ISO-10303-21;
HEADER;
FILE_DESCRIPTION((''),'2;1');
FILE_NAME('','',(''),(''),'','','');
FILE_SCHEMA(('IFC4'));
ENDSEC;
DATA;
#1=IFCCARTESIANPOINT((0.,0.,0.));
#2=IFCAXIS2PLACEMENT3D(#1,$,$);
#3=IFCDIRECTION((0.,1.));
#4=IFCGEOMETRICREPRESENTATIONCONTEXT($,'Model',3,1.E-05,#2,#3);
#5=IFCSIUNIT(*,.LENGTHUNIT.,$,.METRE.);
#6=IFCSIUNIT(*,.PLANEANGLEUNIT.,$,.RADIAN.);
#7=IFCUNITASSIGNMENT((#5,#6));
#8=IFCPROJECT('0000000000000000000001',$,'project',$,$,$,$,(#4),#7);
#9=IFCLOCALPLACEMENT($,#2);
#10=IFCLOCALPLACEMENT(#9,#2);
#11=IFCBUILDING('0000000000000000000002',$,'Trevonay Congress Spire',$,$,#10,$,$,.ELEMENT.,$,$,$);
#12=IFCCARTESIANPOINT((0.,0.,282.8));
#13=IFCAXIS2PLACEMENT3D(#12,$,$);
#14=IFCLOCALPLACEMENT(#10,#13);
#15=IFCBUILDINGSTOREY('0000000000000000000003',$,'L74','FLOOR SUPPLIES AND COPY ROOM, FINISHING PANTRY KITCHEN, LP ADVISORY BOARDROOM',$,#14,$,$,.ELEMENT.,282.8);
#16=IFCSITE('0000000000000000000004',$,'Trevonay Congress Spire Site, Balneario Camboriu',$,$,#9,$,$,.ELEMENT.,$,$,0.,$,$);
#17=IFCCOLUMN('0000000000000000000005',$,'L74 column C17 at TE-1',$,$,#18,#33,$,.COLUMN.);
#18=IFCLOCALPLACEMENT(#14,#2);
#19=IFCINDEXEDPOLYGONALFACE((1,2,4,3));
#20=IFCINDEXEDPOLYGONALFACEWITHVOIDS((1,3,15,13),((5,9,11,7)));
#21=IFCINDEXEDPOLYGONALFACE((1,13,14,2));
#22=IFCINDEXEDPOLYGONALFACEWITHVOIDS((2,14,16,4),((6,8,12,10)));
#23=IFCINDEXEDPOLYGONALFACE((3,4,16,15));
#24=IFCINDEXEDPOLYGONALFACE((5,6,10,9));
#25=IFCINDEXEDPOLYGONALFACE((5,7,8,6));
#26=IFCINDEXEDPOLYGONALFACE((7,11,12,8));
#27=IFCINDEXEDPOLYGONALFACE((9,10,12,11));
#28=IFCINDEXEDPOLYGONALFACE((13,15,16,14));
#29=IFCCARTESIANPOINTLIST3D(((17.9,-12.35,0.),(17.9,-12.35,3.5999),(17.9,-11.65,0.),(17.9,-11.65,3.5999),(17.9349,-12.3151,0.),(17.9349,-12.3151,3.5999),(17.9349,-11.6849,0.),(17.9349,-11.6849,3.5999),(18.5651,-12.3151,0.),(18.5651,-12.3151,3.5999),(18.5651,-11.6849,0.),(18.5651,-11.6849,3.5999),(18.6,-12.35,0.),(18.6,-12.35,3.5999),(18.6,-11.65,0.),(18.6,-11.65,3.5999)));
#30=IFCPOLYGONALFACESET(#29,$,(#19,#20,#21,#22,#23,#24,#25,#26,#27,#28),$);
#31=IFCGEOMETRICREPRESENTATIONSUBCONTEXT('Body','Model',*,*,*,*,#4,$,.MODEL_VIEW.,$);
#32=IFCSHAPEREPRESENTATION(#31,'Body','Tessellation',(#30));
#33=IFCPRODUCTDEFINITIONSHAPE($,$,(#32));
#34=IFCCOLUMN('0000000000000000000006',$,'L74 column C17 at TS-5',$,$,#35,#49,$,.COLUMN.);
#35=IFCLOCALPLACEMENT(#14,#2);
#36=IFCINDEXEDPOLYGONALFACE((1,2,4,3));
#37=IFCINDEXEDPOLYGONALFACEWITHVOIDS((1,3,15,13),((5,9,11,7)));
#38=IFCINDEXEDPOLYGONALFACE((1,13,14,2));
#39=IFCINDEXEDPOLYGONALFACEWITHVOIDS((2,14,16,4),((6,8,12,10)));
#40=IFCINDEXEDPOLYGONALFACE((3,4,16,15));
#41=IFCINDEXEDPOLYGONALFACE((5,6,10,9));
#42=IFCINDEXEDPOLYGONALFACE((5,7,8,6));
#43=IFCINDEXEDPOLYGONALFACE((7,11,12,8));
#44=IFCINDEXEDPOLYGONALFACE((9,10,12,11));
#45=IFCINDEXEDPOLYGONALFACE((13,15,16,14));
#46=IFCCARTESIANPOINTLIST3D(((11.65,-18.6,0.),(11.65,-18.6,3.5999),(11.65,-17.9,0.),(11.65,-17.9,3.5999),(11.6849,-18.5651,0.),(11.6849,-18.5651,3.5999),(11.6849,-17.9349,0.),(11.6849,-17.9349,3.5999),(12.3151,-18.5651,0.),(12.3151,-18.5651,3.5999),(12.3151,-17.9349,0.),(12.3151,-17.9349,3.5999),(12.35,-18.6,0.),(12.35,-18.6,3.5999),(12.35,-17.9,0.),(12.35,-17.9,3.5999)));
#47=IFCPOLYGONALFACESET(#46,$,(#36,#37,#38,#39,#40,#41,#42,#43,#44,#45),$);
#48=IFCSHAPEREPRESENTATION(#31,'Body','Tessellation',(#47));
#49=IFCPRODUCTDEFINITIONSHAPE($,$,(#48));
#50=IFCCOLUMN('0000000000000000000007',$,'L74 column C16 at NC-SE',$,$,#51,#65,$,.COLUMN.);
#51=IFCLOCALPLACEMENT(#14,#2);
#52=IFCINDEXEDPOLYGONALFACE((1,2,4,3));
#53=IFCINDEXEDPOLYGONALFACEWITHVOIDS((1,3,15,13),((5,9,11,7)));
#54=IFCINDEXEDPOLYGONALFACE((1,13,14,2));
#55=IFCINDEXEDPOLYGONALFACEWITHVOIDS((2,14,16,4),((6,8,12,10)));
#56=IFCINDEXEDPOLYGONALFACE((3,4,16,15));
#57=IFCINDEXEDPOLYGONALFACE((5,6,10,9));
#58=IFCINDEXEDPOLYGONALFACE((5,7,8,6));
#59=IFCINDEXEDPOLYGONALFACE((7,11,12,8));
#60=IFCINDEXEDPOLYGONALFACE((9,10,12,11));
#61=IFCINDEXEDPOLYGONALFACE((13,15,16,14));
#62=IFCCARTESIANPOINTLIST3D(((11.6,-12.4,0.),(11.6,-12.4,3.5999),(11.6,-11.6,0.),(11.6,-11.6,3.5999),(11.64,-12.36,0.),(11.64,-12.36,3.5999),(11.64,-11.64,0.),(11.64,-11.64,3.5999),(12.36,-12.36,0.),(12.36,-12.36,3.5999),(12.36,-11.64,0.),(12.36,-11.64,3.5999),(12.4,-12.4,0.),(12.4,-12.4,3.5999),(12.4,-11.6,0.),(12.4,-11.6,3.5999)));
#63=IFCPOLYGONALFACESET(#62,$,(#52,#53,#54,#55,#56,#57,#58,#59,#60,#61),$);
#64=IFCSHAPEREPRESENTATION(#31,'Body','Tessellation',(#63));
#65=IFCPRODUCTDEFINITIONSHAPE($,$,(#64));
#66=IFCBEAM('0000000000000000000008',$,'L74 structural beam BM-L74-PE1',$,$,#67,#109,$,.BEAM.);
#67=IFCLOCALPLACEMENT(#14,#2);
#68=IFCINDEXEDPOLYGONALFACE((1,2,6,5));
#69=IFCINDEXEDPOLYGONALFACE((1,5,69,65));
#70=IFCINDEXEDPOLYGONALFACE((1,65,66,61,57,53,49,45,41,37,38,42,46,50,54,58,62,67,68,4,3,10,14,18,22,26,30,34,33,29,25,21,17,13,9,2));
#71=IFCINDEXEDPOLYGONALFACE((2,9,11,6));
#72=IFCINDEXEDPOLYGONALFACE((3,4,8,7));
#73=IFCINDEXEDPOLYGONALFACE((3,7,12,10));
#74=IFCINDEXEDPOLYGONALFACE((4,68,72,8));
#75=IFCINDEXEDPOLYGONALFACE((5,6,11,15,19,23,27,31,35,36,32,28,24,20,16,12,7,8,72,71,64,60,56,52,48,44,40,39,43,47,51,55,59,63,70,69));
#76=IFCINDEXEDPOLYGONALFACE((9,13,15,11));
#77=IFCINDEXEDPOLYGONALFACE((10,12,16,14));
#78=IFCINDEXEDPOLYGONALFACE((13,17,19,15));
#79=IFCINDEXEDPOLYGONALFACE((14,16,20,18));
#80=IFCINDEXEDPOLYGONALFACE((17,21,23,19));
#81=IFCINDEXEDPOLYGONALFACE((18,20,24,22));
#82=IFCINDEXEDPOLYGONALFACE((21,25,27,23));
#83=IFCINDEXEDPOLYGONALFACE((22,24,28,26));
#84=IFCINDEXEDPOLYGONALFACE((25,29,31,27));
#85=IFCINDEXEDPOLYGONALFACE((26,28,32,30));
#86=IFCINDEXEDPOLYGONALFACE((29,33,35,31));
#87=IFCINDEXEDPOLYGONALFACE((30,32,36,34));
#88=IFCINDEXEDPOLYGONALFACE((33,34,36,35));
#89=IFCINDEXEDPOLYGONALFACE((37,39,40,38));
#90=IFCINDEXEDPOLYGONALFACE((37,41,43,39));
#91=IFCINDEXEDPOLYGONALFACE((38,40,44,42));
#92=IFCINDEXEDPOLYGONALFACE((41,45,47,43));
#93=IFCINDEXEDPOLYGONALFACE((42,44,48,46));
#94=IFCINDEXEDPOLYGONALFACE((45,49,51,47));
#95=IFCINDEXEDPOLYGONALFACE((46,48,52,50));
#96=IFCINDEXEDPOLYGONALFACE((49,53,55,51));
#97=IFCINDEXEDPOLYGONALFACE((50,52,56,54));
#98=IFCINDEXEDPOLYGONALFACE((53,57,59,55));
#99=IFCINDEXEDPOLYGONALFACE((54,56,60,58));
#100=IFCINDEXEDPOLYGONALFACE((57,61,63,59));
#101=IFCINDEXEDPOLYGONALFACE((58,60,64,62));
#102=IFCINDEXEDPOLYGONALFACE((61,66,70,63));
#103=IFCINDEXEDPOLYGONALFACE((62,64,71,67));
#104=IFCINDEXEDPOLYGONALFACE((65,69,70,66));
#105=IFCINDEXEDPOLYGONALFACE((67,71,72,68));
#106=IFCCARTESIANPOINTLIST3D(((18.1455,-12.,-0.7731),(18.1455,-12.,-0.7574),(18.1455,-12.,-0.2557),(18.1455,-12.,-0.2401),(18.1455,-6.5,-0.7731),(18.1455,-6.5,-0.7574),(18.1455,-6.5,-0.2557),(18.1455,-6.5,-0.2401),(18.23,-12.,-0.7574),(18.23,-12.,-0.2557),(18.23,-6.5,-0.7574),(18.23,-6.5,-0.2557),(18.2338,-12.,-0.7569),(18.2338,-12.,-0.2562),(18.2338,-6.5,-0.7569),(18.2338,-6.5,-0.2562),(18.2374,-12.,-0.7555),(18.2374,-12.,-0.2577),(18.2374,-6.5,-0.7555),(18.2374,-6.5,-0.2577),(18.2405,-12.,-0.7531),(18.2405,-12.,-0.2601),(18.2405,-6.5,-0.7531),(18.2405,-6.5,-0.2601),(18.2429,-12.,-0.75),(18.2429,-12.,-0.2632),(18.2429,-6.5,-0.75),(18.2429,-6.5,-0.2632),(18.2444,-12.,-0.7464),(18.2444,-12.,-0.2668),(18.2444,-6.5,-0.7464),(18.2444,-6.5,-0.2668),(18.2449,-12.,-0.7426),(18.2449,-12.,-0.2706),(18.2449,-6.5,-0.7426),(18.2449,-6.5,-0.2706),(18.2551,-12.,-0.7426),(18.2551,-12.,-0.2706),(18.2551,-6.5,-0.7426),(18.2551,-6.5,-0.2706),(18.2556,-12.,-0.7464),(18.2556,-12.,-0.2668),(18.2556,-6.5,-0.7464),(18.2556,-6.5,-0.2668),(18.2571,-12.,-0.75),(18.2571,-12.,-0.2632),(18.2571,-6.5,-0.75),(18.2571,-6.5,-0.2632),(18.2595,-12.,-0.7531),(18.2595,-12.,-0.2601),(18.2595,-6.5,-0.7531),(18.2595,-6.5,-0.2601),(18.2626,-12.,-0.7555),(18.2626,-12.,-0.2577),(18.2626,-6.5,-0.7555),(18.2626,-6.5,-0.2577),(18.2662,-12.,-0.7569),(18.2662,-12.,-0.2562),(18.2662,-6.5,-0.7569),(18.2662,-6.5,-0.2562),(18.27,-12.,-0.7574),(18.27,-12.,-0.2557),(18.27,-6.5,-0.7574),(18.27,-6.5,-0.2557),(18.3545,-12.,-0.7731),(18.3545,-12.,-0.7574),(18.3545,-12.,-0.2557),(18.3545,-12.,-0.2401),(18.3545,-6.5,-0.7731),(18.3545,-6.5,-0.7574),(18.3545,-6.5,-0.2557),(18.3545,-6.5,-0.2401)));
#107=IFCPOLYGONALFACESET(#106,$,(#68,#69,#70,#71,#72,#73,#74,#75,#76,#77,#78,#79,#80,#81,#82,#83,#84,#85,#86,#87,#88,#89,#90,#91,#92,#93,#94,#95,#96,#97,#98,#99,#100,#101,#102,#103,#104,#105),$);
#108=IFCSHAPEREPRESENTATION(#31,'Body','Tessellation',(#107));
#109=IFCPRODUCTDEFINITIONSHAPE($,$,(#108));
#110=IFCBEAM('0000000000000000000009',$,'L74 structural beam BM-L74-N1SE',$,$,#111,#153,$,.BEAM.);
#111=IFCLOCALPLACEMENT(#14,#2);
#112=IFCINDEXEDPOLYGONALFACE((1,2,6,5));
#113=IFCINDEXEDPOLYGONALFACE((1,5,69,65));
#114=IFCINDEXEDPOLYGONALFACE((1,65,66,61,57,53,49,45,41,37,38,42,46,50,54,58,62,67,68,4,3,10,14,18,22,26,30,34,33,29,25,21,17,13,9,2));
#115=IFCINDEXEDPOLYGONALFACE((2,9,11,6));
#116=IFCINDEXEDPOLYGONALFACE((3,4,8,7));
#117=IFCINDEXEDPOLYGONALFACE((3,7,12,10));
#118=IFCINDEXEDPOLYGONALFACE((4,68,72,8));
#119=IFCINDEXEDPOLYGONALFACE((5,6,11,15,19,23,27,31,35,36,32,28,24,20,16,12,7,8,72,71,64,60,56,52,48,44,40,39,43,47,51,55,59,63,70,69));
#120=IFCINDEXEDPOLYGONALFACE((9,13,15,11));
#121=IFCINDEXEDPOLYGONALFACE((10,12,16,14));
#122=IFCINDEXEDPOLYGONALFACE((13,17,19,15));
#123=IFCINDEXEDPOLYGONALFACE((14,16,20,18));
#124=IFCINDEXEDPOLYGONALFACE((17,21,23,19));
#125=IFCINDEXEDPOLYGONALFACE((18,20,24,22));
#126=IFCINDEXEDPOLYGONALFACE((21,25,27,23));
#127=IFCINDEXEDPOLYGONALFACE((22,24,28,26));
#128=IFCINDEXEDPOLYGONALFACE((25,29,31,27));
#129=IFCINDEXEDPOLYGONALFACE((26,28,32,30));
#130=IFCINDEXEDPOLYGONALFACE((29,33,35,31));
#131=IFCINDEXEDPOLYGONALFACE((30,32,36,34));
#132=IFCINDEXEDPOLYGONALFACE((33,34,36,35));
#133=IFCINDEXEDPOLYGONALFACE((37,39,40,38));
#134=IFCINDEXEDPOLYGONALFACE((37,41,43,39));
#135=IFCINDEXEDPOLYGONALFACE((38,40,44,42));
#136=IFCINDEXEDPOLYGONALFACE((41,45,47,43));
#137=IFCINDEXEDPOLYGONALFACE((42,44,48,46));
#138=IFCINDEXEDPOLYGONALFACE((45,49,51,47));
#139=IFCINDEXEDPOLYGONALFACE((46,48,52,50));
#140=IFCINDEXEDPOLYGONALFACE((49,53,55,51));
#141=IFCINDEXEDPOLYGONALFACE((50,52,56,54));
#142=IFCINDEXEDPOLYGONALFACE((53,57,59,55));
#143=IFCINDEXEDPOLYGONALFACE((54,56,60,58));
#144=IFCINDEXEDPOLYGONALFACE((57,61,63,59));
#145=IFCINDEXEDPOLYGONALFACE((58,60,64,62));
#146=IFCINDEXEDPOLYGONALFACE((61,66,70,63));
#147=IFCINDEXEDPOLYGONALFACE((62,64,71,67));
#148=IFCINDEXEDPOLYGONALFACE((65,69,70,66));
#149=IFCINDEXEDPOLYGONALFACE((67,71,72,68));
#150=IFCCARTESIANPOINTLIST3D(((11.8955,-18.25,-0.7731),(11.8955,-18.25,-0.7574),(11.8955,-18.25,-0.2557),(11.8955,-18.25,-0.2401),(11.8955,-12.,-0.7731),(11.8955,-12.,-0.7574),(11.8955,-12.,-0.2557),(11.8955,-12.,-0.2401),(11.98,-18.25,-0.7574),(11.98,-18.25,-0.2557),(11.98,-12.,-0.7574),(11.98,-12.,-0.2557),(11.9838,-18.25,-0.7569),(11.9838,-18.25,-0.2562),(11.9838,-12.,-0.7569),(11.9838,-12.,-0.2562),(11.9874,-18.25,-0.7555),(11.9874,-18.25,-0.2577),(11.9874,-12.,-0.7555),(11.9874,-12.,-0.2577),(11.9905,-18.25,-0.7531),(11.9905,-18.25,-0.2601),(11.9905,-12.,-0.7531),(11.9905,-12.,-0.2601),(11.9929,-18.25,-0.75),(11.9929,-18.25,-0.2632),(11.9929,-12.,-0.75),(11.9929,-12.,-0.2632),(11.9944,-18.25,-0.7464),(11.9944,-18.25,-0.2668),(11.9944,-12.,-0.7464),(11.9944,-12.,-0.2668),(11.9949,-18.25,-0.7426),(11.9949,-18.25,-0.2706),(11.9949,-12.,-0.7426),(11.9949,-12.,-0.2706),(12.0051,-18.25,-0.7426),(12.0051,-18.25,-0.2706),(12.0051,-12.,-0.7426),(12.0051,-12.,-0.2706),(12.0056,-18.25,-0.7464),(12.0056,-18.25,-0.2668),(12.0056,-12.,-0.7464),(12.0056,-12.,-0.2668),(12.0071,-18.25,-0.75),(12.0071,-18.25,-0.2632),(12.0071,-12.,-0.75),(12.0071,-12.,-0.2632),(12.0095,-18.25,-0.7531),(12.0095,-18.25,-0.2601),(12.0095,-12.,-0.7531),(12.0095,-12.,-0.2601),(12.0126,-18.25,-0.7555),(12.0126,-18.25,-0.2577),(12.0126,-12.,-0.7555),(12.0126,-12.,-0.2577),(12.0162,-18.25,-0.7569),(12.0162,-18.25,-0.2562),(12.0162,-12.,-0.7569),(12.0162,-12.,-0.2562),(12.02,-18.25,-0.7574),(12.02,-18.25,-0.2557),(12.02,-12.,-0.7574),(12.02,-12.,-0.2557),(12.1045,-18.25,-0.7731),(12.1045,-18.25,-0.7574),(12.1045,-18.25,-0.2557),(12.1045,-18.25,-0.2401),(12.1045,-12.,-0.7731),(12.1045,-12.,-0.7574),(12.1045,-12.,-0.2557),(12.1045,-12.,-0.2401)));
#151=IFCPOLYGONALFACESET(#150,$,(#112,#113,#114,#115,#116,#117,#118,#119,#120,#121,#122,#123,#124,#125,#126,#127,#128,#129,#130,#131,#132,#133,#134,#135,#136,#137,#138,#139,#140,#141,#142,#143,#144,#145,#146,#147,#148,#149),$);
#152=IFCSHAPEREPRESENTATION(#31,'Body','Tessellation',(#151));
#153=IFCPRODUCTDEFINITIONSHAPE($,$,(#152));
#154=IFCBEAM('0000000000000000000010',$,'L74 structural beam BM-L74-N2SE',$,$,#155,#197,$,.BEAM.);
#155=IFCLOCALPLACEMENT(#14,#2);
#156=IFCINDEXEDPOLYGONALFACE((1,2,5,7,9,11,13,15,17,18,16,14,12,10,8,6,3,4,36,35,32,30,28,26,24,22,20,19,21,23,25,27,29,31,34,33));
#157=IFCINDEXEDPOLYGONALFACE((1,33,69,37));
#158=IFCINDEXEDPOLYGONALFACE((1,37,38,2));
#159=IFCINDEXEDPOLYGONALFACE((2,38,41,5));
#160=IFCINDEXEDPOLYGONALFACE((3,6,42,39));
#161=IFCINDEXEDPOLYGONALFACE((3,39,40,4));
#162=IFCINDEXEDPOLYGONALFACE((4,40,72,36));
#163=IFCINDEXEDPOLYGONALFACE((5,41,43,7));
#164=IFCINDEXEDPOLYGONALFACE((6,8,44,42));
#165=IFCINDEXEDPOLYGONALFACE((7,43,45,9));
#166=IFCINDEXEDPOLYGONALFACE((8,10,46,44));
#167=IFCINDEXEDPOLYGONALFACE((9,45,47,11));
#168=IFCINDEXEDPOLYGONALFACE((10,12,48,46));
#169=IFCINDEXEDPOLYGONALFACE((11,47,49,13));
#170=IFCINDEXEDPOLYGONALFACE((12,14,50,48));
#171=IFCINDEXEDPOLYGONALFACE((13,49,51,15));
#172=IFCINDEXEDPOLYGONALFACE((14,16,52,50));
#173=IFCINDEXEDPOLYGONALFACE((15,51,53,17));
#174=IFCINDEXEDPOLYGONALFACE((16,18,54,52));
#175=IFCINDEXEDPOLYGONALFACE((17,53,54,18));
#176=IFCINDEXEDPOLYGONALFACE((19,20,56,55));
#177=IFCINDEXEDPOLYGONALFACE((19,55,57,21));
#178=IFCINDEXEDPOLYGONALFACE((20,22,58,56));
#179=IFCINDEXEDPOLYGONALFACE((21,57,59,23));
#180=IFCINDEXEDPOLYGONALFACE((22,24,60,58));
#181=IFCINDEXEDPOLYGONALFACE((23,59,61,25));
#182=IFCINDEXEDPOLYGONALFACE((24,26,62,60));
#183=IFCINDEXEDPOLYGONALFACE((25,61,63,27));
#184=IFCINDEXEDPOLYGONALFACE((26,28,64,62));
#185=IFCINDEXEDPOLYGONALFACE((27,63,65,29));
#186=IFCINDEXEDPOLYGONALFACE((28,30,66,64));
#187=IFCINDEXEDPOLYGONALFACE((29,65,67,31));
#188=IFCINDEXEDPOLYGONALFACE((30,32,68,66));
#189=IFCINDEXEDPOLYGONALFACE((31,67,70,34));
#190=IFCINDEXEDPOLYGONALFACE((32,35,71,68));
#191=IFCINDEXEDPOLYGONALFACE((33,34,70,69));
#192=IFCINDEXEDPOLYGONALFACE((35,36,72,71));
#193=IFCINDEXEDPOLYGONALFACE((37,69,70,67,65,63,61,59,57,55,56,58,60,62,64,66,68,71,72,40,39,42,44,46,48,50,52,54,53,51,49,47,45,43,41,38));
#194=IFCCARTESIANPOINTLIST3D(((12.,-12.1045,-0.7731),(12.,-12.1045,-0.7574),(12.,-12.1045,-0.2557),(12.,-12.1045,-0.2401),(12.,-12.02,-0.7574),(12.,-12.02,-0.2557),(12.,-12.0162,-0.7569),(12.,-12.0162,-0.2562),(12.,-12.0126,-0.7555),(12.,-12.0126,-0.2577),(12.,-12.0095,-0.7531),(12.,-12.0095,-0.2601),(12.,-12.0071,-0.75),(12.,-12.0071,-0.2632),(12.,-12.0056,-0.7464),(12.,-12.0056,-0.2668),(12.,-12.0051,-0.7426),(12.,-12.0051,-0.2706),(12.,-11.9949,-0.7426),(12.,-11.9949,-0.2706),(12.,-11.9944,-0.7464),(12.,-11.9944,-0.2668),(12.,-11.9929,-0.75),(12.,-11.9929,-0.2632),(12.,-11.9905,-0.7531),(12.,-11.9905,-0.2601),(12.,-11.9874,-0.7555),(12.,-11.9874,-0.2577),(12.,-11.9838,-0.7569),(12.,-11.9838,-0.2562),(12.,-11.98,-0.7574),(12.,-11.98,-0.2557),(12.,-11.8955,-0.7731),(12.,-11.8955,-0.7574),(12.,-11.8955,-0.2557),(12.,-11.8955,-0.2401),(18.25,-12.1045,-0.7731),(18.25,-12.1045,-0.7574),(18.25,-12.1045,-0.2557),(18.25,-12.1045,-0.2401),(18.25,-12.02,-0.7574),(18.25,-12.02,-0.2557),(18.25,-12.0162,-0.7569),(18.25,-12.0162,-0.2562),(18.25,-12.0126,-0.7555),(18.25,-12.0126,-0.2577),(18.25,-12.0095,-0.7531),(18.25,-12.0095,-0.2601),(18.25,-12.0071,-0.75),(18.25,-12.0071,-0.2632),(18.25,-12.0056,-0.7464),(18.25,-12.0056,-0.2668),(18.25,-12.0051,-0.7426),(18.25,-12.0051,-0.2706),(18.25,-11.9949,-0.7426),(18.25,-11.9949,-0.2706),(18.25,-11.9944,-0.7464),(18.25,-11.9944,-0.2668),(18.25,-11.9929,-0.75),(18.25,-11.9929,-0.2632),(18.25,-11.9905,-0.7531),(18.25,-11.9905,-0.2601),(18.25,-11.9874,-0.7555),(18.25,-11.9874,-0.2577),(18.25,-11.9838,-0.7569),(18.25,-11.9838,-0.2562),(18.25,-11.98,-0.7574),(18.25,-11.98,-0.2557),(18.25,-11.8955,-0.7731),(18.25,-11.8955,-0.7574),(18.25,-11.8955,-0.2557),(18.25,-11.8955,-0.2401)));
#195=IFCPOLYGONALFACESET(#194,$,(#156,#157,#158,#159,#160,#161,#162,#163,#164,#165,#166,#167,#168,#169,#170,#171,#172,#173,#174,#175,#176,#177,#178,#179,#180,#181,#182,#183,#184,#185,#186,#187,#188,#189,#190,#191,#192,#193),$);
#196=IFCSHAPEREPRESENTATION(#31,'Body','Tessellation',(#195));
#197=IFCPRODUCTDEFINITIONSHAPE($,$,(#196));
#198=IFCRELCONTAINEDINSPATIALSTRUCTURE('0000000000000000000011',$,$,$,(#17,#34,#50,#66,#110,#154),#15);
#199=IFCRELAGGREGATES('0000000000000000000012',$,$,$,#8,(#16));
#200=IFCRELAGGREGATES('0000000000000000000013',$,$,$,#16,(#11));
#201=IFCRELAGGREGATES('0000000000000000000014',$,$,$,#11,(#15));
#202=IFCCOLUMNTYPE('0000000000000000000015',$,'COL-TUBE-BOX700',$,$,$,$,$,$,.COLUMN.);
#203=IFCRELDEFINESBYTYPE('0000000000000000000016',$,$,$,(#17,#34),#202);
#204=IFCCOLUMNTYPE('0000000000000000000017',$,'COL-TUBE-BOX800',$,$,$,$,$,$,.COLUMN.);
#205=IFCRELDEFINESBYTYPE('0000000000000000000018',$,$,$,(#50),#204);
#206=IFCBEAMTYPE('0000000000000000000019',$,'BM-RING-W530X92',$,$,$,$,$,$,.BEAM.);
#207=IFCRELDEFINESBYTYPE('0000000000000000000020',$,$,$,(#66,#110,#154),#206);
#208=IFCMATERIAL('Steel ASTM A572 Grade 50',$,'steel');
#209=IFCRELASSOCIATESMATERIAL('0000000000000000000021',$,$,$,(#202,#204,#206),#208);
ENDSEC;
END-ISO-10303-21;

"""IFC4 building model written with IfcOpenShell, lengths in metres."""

from ifc_helpers import new_model, si_unit, direction, frame, origin, origin_2d, place, context, subcontext, project, spatial, hollow_rectangle, i_section, extrude, material, material_profile, profile_set, type_object, element, save


model = new_model("IFC4")

# Units and contexts
model_context = context("Model", 3, precision=1e-05, world=origin(), true_north=direction((0.0, 1.0)))
body_context = subcontext(model_context, "Body", "Model", "MODEL_VIEW")
ifc_project = project(units=[si_unit("LENGTHUNIT", "METRE"), si_unit("PLANEANGLEUNIT", "RADIAN")], contexts=[model_context])

# Site, building, storey
site_placement = place(None, origin())
site = spatial("IfcSite", under=ifc_project, at=site_placement, Name="Trevonay Congress Spire Site, Balneario Camboriu", CompositionType="ELEMENT", RefElevation=0.0)
building_placement = place(site_placement, origin())
building = spatial("IfcBuilding", under=site, at=building_placement, Name="Trevonay Congress Spire", CompositionType="ELEMENT")
storey_placement = place(building_placement, frame((0.0, 0.0, 282.8)))
storey = spatial("IfcBuildingStorey", under=building, at=storey_placement, Name="L74", Description="FLOOR SUPPLIES AND COPY ROOM, FINISHING PANTRY KITCHEN, LP ADVISORY BOARDROOM", CompositionType="ELEMENT", Elevation=282.8)

# Columns
ifc_material_1 = material(Name="Steel ASTM A572 Grade 50", Category="steel")
ifc_material_profile_1 = material_profile(ifc_material_1, hollow_rectangle(XDim=0.7, YDim=0.7, WallThickness=0.0349, at=origin_2d()), Name="BOX 700x700x35")
ifc_profile_set_1 = profile_set([ifc_material_profile_1], Name="Steel ASTM A572 Grade 50")
column_type_1 = type_object("IfcColumnType", Name="COL-TUBE-BOX700", PredefinedType="COLUMN", material=ifc_profile_set_1)
for number, where, z_axis, x_axis, name in (
    (1, (18.25, -12.0, 0.0), (0.0, 0.0, 1.0), (1.0, 0.0, 0.0), "L74 column C17 at TE-1"),
    (2, (12.0, -18.25, 0.0), (0.0, 0.0, 1.0), (1.0, 0.0, 0.0), "L74 column C17 at TS-5"),
):
    element("IfcColumn", number, at=place(storey_placement, frame(where, z_axis=z_axis, x_axis=x_axis)), inside=storey, type_object=column_type_1, Name=name, PredefinedType="COLUMN", context=body_context, shape_type="SweptSolid", body=[
        extrude(hollow_rectangle(XDim=0.7, YDim=0.7, WallThickness=0.0349, at=origin_2d()), origin(), (0.0, 0.0, 1.0), 3.5999),
    ])
ifc_material_profile_2 = material_profile(ifc_material_1, hollow_rectangle(XDim=0.8, YDim=0.8, WallThickness=0.04, at=origin_2d()), Name="BOX 800x800x40")
ifc_profile_set_2 = profile_set([ifc_material_profile_2], Name="Steel ASTM A572 Grade 50")
column_type_2 = type_object("IfcColumnType", Name="COL-TUBE-BOX800", PredefinedType="COLUMN", material=ifc_profile_set_2)
column_placement = place(storey_placement, frame((12.0, -12.0, 0.0), z_axis=(0.0, 0.0, 1.0), x_axis=(1.0, 0.0, 0.0)))
element("IfcColumn", 3, at=column_placement, inside=storey, type_object=column_type_2, Name="L74 column C16 at NC-SE", PredefinedType="COLUMN", context=body_context, shape_type="SweptSolid", body=[
    extrude(hollow_rectangle(XDim=0.8, YDim=0.8, WallThickness=0.04, at=origin_2d()), origin(), (0.0, 0.0, 1.0), 3.5999),
])

# Beams
ifc_material_profile_3 = material_profile(ifc_material_1, i_section(OverallWidth=0.209, OverallDepth=0.533, WebThickness=0.0103, FlangeThickness=0.0156, FilletRadius=0.0149, at=origin_2d()), Name="W530x92")
ifc_profile_set_3 = profile_set([ifc_material_profile_3], Name="Steel ASTM A572 Grade 50")
beam_type_1 = type_object("IfcBeamType", Name="BM-RING-W530X92", PredefinedType="BEAM", material=ifc_profile_set_3)
beam_1_placement = place(storey_placement, frame((18.25, -12.0, -0.5066), z_axis=(0.0, 1.0, 0.0), x_axis=(-1.0, 0.0, 0.0)))
element("IfcBeam", 4, at=beam_1_placement, inside=storey, type_object=beam_type_1, Name="L74 structural beam BM-L74-PE1", PredefinedType="BEAM", context=body_context, shape_type="SweptSolid", body=[
    extrude(i_section(OverallWidth=0.209, OverallDepth=0.533, WebThickness=0.0103, FlangeThickness=0.0156, FilletRadius=0.0149, at=origin_2d()), origin(), (0.0, 0.0, 1.0), 5.5),
])
for number, where, z_axis, x_axis, name in (
    (5, (12.0, -18.25, -0.5066), (0.0, 1.0, 0.0), (-1.0, 0.0, 0.0), "L74 structural beam BM-L74-N1SE"),
    (6, (18.25, -12.0, -0.5066), (-1.0, 0.0, 0.0), (0.0, -1.0, 0.0), "L74 structural beam BM-L74-N2SE"),
):
    element("IfcBeam", number, at=place(storey_placement, frame(where, z_axis=z_axis, x_axis=x_axis)), inside=storey, type_object=beam_type_1, Name=name, PredefinedType="BEAM", context=body_context, shape_type="SweptSolid", body=[
        extrude(i_section(OverallWidth=0.209, OverallDepth=0.533, WebThickness=0.0103, FlangeThickness=0.0156, FilletRadius=0.0149, at=origin_2d()), origin(), (0.0, 0.0, 1.0), 6.25),
    ])

save(model, "model.ifc")
